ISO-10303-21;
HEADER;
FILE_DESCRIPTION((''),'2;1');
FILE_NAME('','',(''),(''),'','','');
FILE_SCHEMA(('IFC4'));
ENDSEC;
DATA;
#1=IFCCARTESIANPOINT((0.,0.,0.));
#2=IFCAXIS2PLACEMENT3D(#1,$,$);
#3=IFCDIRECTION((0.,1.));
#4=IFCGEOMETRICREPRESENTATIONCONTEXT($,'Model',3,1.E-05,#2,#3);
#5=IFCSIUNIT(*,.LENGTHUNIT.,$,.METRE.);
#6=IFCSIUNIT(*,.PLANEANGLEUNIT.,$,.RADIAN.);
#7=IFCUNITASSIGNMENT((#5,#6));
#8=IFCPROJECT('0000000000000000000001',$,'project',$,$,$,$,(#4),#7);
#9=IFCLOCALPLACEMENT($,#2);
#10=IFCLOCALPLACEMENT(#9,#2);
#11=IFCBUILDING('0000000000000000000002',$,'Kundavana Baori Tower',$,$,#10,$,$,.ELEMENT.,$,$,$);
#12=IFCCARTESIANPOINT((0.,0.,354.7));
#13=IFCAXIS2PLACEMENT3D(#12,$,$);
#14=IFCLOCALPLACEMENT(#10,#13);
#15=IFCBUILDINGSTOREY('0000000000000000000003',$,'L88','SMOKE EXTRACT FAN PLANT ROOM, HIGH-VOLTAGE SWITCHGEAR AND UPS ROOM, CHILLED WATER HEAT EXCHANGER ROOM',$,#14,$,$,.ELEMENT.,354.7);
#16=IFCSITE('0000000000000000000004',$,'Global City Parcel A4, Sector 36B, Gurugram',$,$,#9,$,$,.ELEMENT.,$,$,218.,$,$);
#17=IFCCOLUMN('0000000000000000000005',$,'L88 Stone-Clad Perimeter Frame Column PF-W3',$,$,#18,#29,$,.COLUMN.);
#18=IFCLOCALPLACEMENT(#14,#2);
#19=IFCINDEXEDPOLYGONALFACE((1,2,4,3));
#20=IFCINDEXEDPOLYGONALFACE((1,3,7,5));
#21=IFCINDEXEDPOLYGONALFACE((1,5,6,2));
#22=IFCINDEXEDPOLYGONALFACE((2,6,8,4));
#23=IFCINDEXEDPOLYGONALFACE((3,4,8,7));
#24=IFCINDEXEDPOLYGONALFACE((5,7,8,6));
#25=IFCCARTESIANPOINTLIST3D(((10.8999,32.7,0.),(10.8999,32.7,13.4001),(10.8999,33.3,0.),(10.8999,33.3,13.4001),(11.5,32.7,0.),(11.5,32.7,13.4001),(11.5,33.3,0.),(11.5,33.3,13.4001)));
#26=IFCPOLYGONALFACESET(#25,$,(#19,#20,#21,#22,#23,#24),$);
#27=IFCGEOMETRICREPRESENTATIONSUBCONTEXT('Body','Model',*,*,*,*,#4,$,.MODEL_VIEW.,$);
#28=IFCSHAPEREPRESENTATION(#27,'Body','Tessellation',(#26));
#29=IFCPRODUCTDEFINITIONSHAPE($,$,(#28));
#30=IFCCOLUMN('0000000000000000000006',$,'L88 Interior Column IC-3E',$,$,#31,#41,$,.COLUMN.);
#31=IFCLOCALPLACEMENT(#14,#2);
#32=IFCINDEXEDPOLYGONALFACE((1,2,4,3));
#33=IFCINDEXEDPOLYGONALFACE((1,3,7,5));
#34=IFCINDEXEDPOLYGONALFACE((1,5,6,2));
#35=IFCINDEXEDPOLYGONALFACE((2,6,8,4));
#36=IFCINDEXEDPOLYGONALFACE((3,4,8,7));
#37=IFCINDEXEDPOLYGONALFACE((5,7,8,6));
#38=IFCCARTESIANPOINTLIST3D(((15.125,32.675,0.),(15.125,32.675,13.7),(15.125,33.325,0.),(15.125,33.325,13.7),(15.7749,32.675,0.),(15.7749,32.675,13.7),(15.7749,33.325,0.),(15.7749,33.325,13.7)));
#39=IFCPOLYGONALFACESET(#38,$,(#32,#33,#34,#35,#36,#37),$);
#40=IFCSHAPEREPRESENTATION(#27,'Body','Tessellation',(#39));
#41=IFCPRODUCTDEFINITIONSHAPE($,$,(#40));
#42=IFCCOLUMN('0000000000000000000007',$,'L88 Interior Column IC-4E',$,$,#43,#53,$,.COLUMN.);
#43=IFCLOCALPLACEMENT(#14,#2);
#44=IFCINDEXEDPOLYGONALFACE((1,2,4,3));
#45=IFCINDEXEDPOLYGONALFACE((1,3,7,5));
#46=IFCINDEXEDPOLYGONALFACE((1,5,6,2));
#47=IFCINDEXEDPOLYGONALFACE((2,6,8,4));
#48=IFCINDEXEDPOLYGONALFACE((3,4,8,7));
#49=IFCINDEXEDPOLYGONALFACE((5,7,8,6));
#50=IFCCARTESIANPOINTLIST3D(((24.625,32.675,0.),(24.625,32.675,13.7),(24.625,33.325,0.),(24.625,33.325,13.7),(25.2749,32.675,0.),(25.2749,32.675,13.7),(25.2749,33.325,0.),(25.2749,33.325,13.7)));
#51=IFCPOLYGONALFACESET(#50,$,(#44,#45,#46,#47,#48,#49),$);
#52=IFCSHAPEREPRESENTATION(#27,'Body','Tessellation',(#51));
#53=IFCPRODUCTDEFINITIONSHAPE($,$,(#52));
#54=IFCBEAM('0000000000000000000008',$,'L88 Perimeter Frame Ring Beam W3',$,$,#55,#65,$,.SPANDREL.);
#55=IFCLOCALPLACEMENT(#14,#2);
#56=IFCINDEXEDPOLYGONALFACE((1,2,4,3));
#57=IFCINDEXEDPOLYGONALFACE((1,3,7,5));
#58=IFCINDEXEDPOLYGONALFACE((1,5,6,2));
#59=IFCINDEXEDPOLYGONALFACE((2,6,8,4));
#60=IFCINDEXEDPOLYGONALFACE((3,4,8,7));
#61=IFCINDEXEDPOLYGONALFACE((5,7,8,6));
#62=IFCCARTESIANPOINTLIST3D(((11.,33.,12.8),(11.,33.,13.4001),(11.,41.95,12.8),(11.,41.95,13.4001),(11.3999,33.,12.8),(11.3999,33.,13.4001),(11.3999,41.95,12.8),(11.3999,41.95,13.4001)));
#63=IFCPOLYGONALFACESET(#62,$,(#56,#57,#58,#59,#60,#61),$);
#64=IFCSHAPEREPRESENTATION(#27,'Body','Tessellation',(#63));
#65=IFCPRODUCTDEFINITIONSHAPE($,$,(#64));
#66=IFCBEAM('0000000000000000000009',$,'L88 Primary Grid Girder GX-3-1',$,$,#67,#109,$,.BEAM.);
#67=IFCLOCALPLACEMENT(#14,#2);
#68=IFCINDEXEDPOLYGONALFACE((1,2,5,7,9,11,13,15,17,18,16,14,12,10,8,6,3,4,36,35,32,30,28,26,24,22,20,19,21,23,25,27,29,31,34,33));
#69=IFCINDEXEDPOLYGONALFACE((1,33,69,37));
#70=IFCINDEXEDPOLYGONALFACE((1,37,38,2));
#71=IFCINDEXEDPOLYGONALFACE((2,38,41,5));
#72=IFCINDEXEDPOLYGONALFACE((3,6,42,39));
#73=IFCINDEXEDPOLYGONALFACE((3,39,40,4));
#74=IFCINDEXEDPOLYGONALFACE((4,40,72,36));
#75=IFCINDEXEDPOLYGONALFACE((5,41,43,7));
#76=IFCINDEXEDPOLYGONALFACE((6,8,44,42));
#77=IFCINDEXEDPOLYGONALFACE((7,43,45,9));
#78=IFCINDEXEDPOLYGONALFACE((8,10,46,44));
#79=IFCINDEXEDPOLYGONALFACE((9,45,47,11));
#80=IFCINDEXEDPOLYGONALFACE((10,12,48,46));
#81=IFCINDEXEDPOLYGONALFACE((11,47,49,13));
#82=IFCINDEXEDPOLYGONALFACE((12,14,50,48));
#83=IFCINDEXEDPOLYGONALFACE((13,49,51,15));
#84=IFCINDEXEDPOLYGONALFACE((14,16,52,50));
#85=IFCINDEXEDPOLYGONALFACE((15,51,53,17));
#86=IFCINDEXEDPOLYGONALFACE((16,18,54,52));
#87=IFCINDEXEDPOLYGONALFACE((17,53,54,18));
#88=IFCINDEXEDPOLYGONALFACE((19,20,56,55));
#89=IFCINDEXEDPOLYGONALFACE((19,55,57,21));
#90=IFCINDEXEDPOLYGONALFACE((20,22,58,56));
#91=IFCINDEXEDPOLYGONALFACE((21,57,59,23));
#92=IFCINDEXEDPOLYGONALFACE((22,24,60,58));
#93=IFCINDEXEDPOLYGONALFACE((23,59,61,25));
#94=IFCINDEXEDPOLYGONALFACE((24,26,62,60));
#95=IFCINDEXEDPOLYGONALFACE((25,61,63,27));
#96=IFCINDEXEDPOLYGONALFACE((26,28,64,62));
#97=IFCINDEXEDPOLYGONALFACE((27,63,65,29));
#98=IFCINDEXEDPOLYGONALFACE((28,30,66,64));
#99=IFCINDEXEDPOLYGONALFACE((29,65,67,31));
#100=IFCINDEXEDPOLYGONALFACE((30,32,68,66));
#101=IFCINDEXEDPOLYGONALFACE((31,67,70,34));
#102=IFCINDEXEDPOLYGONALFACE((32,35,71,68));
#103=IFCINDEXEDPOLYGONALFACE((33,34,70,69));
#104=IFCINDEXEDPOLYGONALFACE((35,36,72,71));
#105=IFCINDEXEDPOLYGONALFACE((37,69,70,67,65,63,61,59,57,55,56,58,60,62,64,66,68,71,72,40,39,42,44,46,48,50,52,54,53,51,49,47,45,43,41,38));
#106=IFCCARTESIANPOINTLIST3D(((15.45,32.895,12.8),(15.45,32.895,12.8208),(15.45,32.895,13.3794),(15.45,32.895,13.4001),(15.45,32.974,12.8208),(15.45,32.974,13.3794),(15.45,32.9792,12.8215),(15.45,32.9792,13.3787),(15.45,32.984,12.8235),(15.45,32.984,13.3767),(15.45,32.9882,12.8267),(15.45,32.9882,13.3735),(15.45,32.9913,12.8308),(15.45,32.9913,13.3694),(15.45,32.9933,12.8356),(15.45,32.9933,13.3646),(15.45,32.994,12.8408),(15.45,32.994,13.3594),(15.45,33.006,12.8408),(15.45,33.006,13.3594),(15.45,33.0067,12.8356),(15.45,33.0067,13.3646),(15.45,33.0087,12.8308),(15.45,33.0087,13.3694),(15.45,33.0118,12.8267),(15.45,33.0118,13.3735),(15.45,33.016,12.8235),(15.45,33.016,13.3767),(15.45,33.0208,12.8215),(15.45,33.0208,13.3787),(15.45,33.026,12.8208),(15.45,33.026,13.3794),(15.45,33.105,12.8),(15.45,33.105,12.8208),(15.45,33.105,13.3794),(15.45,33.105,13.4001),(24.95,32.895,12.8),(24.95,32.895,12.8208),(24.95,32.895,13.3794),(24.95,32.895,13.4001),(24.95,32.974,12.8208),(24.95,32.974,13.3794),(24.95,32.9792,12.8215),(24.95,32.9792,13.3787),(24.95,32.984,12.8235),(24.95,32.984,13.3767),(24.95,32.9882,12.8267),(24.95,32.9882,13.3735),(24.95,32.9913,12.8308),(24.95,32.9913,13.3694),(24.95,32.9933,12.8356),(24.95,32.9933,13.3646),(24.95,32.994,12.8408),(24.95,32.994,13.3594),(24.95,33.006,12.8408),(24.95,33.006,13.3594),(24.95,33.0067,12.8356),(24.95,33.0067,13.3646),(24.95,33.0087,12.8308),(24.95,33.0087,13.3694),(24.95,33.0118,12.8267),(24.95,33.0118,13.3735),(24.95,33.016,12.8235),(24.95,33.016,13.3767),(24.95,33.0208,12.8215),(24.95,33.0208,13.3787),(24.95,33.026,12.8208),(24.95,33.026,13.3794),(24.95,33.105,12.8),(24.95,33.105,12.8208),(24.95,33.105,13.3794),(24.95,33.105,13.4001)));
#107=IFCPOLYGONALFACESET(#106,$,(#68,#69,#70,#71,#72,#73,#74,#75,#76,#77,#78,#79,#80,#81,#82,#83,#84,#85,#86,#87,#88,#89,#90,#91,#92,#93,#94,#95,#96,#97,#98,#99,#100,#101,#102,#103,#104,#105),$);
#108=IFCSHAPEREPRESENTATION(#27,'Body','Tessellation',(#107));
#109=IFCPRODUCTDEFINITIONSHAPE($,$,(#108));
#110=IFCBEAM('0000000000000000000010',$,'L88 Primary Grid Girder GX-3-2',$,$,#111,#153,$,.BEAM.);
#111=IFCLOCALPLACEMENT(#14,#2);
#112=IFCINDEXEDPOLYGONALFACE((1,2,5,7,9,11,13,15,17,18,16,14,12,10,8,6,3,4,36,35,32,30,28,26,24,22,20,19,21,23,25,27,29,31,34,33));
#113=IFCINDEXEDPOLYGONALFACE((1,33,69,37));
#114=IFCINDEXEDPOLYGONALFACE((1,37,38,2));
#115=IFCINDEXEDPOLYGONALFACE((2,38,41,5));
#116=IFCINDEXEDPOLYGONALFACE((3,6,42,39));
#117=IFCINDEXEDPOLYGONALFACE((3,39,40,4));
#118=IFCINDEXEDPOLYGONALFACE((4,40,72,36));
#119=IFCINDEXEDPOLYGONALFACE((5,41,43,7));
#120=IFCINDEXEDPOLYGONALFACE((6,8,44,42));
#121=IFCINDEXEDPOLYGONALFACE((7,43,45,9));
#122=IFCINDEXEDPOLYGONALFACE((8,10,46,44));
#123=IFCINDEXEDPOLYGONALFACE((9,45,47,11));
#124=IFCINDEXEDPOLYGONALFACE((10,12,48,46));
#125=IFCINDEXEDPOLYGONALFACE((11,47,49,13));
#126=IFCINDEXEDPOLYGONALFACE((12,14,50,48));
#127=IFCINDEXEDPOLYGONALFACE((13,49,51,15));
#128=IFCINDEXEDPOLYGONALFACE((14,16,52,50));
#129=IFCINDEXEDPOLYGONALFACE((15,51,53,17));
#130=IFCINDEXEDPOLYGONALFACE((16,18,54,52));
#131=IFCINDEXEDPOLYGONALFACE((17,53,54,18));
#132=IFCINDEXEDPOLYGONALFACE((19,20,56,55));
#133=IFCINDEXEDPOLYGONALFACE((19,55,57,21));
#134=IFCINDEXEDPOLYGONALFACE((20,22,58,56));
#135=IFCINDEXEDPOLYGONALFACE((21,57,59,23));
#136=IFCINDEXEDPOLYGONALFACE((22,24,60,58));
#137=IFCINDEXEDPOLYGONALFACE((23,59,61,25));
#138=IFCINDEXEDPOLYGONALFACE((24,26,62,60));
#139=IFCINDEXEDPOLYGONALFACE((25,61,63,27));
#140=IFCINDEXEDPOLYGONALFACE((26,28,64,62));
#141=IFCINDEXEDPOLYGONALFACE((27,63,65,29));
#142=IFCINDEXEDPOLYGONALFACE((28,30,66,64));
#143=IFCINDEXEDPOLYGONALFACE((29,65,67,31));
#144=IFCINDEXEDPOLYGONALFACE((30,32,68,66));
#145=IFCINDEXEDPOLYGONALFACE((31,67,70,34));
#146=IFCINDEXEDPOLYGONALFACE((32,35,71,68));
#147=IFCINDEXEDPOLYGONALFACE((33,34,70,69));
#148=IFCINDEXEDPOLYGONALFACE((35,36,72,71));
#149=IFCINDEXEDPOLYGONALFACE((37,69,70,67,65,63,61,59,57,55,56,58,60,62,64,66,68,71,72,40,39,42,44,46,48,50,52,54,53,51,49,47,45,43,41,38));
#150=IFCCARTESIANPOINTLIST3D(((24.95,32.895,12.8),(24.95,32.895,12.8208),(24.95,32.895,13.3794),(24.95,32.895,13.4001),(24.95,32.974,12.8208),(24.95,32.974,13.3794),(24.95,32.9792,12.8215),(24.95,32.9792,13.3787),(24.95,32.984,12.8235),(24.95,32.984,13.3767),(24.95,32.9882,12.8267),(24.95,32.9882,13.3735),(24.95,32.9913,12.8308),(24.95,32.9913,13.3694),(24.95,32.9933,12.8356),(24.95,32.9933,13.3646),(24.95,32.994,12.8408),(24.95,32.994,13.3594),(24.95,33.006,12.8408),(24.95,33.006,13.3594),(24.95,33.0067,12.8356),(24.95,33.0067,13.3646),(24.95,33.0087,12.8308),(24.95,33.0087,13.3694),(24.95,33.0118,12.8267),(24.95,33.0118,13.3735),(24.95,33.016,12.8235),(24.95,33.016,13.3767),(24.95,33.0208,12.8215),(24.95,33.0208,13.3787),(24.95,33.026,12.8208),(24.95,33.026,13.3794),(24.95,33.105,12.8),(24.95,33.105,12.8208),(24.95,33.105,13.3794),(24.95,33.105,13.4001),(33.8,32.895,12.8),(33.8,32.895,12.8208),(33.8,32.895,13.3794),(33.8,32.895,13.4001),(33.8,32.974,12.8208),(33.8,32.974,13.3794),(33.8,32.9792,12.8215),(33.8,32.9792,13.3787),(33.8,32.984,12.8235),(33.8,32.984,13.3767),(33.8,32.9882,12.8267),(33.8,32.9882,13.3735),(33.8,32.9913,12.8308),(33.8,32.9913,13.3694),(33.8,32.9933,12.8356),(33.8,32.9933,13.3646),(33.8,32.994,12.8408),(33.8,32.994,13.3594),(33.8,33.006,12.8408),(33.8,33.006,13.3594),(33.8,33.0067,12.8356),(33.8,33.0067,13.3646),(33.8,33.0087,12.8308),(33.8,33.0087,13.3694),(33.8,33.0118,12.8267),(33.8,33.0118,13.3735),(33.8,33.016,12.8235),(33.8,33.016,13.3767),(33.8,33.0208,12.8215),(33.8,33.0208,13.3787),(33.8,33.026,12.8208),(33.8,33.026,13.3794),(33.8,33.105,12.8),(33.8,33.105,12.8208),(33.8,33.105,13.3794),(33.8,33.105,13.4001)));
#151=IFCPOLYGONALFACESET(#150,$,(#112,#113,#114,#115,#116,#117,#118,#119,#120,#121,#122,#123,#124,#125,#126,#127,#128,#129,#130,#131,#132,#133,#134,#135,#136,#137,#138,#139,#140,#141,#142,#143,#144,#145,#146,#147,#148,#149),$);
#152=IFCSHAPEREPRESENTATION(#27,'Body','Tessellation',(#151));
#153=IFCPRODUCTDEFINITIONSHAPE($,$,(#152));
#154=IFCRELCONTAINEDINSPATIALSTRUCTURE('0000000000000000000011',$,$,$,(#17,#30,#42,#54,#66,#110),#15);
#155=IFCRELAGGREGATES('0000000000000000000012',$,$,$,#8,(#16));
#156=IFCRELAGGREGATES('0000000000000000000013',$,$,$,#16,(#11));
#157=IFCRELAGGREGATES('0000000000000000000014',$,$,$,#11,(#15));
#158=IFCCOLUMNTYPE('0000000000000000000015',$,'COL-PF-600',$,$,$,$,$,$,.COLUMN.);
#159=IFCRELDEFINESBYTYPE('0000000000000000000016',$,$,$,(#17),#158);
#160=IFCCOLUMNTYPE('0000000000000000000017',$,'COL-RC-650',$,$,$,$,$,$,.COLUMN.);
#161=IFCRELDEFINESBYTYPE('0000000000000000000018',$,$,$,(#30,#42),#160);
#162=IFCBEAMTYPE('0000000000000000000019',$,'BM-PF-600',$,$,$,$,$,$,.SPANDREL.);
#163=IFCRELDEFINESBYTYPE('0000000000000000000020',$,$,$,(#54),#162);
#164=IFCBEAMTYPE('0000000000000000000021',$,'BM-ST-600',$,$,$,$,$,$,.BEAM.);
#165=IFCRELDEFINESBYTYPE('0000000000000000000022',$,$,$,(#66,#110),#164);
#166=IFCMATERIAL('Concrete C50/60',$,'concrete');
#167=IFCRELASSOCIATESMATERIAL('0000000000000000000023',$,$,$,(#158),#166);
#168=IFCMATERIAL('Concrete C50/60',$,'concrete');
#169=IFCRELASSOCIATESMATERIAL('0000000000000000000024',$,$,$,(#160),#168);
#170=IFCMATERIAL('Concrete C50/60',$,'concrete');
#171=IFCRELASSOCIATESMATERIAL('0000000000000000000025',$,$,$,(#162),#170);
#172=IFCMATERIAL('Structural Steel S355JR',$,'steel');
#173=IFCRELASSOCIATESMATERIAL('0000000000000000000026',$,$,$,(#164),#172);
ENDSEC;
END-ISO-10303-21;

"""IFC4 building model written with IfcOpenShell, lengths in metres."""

from ifc_helpers import new_model, si_unit, direction, frame, origin, origin_2d, place, context, subcontext, project, spatial, rectangle, i_section, extrude, material, material_profile, profile_set, type_object, element, save


model = new_model("IFC4")

# Units and contexts
model_context = context("Model", 3, precision=1e-05, world=origin(), true_north=direction((0.0, 1.0)))
body_context = subcontext(model_context, "Body", "Model", "MODEL_VIEW")
ifc_project = project(units=[si_unit("LENGTHUNIT", "METRE"), si_unit("PLANEANGLEUNIT", "RADIAN")], contexts=[model_context])

# Site, building, storey
site_placement = place(None, origin())
site = spatial("IfcSite", under=ifc_project, at=site_placement, Name="Global City Parcel A4, Sector 36B, Gurugram", CompositionType="ELEMENT", RefElevation=218.0)
building_placement = place(site_placement, origin())
building = spatial("IfcBuilding", under=site, at=building_placement, Name="Kundavana Baori Tower", CompositionType="ELEMENT")
storey_placement = place(building_placement, frame((0.0, 0.0, 354.7)))
storey = spatial("IfcBuildingStorey", under=building, at=storey_placement, Name="L88", Description="SMOKE EXTRACT FAN PLANT ROOM, HIGH-VOLTAGE SWITCHGEAR AND UPS ROOM, CHILLED WATER HEAT EXCHANGER ROOM", CompositionType="ELEMENT", Elevation=354.7)

# Columns
ifc_material_1 = material(Name="Concrete C50/60", Category="concrete")
ifc_material_profile_1 = material_profile(ifc_material_1, rectangle(XDim=0.6001, YDim=0.6001, at=origin_2d()), Name="RC PF 600x600")
ifc_profile_set_1 = profile_set([ifc_material_profile_1], Name="Concrete C50/60")
column_type_1 = type_object("IfcColumnType", Name="COL-PF-600", PredefinedType="COLUMN", material=ifc_profile_set_1)
column_placement = place(storey_placement, frame((11.2, 33.0, 0.0), z_axis=(0.0, 0.0, 1.0), x_axis=(1.0, 0.0, 0.0)))
element("IfcColumn", 1, at=column_placement, inside=storey, type_object=column_type_1, Name="L88 Stone-Clad Perimeter Frame Column PF-W3", PredefinedType="COLUMN", context=body_context, shape_type="SweptSolid", body=[
    extrude(rectangle(XDim=0.6001, YDim=0.6001, at=origin_2d()), origin(), (0.0, 0.0, 1.0), 13.4001),
])
ifc_material_2 = material(Name="Concrete C50/60", Category="concrete")
ifc_material_profile_2 = material_profile(ifc_material_2, rectangle(XDim=0.6499, YDim=0.6499, at=origin_2d()), Name="RC 650x650")
ifc_profile_set_2 = profile_set([ifc_material_profile_2], Name="Concrete C50/60")
column_type_2 = type_object("IfcColumnType", Name="COL-RC-650", PredefinedType="COLUMN", material=ifc_profile_set_2)
for number, where, z_axis, x_axis, name in (
    (2, (15.45, 33.0, 0.0), (0.0, 0.0, 1.0), (1.0, 0.0, 0.0), "L88 Interior Column IC-3E"),
    (3, (24.95, 33.0, 0.0), (0.0, 0.0, 1.0), (1.0, 0.0, 0.0), "L88 Interior Column IC-4E"),
):
    element("IfcColumn", number, at=place(storey_placement, frame(where, z_axis=z_axis, x_axis=x_axis)), inside=storey, type_object=column_type_2, Name=name, PredefinedType="COLUMN", context=body_context, shape_type="SweptSolid", body=[
        extrude(rectangle(XDim=0.6499, YDim=0.6499, at=origin_2d()), origin(), (0.0, 0.0, 1.0), 13.7),
    ])

# Beams
ifc_material_3 = material(Name="Concrete C50/60", Category="concrete")
ifc_material_profile_3 = material_profile(ifc_material_3, rectangle(XDim=0.3999, YDim=0.6001, at=origin_2d()), Name="RC BM 400x600")
ifc_profile_set_3 = profile_set([ifc_material_profile_3], Name="Concrete C50/60")
beam_type_1 = type_object("IfcBeamType", Name="BM-PF-600", PredefinedType="SPANDREL", material=ifc_profile_set_3)
beam_1_placement = place(storey_placement, frame((11.2, 33.0, 13.1001), z_axis=(0.0, 1.0, 0.0), x_axis=(-1.0, 0.0, 0.0)))
element("IfcBeam", 4, at=beam_1_placement, inside=storey, type_object=beam_type_1, Name="L88 Perimeter Frame Ring Beam W3", PredefinedType="SPANDREL", context=body_context, shape_type="SweptSolid", body=[
    extrude(rectangle(XDim=0.3999, YDim=0.6001, at=origin_2d()), origin(), (0.0, 0.0, 1.0), 8.95),
])
ifc_material_4 = material(Name="Structural Steel S355JR", Category="steel")
ifc_material_profile_4 = material_profile(ifc_material_4, i_section(OverallWidth=0.21, OverallDepth=0.6001, WebThickness=0.012, FlangeThickness=0.0208, FilletRadius=0.02, at=origin_2d()), Name="ISMB 600")
ifc_profile_set_4 = profile_set([ifc_material_profile_4], Name="Structural Steel S355JR")
beam_type_2 = type_object("IfcBeamType", Name="BM-ST-600", PredefinedType="BEAM", material=ifc_profile_set_4)
beam_2_placement = place(storey_placement, frame((15.45, 33.0, 13.1001), z_axis=(1.0, 0.0, 0.0), x_axis=(0.0, 1.0, 0.0)))
element("IfcBeam", 5, at=beam_2_placement, inside=storey, type_object=beam_type_2, Name="L88 Primary Grid Girder GX-3-1", PredefinedType="BEAM", context=body_context, shape_type="SweptSolid", body=[
    extrude(i_section(OverallWidth=0.21, OverallDepth=0.6001, WebThickness=0.012, FlangeThickness=0.0208, FilletRadius=0.02, at=origin_2d()), origin(), (0.0, 0.0, 1.0), 9.5),
])
beam_3_placement = place(storey_placement, frame((24.95, 33.0, 13.1001), z_axis=(1.0, 0.0, 0.0), x_axis=(0.0, 1.0, 0.0)))
element("IfcBeam", 6, at=beam_3_placement, inside=storey, type_object=beam_type_2, Name="L88 Primary Grid Girder GX-3-2", PredefinedType="BEAM", context=body_context, shape_type="SweptSolid", body=[
    extrude(i_section(OverallWidth=0.21, OverallDepth=0.6001, WebThickness=0.012, FlangeThickness=0.0208, FilletRadius=0.02, at=origin_2d()), origin(), (0.0, 0.0, 1.0), 8.8501),
])

save(model, "model.ifc")
